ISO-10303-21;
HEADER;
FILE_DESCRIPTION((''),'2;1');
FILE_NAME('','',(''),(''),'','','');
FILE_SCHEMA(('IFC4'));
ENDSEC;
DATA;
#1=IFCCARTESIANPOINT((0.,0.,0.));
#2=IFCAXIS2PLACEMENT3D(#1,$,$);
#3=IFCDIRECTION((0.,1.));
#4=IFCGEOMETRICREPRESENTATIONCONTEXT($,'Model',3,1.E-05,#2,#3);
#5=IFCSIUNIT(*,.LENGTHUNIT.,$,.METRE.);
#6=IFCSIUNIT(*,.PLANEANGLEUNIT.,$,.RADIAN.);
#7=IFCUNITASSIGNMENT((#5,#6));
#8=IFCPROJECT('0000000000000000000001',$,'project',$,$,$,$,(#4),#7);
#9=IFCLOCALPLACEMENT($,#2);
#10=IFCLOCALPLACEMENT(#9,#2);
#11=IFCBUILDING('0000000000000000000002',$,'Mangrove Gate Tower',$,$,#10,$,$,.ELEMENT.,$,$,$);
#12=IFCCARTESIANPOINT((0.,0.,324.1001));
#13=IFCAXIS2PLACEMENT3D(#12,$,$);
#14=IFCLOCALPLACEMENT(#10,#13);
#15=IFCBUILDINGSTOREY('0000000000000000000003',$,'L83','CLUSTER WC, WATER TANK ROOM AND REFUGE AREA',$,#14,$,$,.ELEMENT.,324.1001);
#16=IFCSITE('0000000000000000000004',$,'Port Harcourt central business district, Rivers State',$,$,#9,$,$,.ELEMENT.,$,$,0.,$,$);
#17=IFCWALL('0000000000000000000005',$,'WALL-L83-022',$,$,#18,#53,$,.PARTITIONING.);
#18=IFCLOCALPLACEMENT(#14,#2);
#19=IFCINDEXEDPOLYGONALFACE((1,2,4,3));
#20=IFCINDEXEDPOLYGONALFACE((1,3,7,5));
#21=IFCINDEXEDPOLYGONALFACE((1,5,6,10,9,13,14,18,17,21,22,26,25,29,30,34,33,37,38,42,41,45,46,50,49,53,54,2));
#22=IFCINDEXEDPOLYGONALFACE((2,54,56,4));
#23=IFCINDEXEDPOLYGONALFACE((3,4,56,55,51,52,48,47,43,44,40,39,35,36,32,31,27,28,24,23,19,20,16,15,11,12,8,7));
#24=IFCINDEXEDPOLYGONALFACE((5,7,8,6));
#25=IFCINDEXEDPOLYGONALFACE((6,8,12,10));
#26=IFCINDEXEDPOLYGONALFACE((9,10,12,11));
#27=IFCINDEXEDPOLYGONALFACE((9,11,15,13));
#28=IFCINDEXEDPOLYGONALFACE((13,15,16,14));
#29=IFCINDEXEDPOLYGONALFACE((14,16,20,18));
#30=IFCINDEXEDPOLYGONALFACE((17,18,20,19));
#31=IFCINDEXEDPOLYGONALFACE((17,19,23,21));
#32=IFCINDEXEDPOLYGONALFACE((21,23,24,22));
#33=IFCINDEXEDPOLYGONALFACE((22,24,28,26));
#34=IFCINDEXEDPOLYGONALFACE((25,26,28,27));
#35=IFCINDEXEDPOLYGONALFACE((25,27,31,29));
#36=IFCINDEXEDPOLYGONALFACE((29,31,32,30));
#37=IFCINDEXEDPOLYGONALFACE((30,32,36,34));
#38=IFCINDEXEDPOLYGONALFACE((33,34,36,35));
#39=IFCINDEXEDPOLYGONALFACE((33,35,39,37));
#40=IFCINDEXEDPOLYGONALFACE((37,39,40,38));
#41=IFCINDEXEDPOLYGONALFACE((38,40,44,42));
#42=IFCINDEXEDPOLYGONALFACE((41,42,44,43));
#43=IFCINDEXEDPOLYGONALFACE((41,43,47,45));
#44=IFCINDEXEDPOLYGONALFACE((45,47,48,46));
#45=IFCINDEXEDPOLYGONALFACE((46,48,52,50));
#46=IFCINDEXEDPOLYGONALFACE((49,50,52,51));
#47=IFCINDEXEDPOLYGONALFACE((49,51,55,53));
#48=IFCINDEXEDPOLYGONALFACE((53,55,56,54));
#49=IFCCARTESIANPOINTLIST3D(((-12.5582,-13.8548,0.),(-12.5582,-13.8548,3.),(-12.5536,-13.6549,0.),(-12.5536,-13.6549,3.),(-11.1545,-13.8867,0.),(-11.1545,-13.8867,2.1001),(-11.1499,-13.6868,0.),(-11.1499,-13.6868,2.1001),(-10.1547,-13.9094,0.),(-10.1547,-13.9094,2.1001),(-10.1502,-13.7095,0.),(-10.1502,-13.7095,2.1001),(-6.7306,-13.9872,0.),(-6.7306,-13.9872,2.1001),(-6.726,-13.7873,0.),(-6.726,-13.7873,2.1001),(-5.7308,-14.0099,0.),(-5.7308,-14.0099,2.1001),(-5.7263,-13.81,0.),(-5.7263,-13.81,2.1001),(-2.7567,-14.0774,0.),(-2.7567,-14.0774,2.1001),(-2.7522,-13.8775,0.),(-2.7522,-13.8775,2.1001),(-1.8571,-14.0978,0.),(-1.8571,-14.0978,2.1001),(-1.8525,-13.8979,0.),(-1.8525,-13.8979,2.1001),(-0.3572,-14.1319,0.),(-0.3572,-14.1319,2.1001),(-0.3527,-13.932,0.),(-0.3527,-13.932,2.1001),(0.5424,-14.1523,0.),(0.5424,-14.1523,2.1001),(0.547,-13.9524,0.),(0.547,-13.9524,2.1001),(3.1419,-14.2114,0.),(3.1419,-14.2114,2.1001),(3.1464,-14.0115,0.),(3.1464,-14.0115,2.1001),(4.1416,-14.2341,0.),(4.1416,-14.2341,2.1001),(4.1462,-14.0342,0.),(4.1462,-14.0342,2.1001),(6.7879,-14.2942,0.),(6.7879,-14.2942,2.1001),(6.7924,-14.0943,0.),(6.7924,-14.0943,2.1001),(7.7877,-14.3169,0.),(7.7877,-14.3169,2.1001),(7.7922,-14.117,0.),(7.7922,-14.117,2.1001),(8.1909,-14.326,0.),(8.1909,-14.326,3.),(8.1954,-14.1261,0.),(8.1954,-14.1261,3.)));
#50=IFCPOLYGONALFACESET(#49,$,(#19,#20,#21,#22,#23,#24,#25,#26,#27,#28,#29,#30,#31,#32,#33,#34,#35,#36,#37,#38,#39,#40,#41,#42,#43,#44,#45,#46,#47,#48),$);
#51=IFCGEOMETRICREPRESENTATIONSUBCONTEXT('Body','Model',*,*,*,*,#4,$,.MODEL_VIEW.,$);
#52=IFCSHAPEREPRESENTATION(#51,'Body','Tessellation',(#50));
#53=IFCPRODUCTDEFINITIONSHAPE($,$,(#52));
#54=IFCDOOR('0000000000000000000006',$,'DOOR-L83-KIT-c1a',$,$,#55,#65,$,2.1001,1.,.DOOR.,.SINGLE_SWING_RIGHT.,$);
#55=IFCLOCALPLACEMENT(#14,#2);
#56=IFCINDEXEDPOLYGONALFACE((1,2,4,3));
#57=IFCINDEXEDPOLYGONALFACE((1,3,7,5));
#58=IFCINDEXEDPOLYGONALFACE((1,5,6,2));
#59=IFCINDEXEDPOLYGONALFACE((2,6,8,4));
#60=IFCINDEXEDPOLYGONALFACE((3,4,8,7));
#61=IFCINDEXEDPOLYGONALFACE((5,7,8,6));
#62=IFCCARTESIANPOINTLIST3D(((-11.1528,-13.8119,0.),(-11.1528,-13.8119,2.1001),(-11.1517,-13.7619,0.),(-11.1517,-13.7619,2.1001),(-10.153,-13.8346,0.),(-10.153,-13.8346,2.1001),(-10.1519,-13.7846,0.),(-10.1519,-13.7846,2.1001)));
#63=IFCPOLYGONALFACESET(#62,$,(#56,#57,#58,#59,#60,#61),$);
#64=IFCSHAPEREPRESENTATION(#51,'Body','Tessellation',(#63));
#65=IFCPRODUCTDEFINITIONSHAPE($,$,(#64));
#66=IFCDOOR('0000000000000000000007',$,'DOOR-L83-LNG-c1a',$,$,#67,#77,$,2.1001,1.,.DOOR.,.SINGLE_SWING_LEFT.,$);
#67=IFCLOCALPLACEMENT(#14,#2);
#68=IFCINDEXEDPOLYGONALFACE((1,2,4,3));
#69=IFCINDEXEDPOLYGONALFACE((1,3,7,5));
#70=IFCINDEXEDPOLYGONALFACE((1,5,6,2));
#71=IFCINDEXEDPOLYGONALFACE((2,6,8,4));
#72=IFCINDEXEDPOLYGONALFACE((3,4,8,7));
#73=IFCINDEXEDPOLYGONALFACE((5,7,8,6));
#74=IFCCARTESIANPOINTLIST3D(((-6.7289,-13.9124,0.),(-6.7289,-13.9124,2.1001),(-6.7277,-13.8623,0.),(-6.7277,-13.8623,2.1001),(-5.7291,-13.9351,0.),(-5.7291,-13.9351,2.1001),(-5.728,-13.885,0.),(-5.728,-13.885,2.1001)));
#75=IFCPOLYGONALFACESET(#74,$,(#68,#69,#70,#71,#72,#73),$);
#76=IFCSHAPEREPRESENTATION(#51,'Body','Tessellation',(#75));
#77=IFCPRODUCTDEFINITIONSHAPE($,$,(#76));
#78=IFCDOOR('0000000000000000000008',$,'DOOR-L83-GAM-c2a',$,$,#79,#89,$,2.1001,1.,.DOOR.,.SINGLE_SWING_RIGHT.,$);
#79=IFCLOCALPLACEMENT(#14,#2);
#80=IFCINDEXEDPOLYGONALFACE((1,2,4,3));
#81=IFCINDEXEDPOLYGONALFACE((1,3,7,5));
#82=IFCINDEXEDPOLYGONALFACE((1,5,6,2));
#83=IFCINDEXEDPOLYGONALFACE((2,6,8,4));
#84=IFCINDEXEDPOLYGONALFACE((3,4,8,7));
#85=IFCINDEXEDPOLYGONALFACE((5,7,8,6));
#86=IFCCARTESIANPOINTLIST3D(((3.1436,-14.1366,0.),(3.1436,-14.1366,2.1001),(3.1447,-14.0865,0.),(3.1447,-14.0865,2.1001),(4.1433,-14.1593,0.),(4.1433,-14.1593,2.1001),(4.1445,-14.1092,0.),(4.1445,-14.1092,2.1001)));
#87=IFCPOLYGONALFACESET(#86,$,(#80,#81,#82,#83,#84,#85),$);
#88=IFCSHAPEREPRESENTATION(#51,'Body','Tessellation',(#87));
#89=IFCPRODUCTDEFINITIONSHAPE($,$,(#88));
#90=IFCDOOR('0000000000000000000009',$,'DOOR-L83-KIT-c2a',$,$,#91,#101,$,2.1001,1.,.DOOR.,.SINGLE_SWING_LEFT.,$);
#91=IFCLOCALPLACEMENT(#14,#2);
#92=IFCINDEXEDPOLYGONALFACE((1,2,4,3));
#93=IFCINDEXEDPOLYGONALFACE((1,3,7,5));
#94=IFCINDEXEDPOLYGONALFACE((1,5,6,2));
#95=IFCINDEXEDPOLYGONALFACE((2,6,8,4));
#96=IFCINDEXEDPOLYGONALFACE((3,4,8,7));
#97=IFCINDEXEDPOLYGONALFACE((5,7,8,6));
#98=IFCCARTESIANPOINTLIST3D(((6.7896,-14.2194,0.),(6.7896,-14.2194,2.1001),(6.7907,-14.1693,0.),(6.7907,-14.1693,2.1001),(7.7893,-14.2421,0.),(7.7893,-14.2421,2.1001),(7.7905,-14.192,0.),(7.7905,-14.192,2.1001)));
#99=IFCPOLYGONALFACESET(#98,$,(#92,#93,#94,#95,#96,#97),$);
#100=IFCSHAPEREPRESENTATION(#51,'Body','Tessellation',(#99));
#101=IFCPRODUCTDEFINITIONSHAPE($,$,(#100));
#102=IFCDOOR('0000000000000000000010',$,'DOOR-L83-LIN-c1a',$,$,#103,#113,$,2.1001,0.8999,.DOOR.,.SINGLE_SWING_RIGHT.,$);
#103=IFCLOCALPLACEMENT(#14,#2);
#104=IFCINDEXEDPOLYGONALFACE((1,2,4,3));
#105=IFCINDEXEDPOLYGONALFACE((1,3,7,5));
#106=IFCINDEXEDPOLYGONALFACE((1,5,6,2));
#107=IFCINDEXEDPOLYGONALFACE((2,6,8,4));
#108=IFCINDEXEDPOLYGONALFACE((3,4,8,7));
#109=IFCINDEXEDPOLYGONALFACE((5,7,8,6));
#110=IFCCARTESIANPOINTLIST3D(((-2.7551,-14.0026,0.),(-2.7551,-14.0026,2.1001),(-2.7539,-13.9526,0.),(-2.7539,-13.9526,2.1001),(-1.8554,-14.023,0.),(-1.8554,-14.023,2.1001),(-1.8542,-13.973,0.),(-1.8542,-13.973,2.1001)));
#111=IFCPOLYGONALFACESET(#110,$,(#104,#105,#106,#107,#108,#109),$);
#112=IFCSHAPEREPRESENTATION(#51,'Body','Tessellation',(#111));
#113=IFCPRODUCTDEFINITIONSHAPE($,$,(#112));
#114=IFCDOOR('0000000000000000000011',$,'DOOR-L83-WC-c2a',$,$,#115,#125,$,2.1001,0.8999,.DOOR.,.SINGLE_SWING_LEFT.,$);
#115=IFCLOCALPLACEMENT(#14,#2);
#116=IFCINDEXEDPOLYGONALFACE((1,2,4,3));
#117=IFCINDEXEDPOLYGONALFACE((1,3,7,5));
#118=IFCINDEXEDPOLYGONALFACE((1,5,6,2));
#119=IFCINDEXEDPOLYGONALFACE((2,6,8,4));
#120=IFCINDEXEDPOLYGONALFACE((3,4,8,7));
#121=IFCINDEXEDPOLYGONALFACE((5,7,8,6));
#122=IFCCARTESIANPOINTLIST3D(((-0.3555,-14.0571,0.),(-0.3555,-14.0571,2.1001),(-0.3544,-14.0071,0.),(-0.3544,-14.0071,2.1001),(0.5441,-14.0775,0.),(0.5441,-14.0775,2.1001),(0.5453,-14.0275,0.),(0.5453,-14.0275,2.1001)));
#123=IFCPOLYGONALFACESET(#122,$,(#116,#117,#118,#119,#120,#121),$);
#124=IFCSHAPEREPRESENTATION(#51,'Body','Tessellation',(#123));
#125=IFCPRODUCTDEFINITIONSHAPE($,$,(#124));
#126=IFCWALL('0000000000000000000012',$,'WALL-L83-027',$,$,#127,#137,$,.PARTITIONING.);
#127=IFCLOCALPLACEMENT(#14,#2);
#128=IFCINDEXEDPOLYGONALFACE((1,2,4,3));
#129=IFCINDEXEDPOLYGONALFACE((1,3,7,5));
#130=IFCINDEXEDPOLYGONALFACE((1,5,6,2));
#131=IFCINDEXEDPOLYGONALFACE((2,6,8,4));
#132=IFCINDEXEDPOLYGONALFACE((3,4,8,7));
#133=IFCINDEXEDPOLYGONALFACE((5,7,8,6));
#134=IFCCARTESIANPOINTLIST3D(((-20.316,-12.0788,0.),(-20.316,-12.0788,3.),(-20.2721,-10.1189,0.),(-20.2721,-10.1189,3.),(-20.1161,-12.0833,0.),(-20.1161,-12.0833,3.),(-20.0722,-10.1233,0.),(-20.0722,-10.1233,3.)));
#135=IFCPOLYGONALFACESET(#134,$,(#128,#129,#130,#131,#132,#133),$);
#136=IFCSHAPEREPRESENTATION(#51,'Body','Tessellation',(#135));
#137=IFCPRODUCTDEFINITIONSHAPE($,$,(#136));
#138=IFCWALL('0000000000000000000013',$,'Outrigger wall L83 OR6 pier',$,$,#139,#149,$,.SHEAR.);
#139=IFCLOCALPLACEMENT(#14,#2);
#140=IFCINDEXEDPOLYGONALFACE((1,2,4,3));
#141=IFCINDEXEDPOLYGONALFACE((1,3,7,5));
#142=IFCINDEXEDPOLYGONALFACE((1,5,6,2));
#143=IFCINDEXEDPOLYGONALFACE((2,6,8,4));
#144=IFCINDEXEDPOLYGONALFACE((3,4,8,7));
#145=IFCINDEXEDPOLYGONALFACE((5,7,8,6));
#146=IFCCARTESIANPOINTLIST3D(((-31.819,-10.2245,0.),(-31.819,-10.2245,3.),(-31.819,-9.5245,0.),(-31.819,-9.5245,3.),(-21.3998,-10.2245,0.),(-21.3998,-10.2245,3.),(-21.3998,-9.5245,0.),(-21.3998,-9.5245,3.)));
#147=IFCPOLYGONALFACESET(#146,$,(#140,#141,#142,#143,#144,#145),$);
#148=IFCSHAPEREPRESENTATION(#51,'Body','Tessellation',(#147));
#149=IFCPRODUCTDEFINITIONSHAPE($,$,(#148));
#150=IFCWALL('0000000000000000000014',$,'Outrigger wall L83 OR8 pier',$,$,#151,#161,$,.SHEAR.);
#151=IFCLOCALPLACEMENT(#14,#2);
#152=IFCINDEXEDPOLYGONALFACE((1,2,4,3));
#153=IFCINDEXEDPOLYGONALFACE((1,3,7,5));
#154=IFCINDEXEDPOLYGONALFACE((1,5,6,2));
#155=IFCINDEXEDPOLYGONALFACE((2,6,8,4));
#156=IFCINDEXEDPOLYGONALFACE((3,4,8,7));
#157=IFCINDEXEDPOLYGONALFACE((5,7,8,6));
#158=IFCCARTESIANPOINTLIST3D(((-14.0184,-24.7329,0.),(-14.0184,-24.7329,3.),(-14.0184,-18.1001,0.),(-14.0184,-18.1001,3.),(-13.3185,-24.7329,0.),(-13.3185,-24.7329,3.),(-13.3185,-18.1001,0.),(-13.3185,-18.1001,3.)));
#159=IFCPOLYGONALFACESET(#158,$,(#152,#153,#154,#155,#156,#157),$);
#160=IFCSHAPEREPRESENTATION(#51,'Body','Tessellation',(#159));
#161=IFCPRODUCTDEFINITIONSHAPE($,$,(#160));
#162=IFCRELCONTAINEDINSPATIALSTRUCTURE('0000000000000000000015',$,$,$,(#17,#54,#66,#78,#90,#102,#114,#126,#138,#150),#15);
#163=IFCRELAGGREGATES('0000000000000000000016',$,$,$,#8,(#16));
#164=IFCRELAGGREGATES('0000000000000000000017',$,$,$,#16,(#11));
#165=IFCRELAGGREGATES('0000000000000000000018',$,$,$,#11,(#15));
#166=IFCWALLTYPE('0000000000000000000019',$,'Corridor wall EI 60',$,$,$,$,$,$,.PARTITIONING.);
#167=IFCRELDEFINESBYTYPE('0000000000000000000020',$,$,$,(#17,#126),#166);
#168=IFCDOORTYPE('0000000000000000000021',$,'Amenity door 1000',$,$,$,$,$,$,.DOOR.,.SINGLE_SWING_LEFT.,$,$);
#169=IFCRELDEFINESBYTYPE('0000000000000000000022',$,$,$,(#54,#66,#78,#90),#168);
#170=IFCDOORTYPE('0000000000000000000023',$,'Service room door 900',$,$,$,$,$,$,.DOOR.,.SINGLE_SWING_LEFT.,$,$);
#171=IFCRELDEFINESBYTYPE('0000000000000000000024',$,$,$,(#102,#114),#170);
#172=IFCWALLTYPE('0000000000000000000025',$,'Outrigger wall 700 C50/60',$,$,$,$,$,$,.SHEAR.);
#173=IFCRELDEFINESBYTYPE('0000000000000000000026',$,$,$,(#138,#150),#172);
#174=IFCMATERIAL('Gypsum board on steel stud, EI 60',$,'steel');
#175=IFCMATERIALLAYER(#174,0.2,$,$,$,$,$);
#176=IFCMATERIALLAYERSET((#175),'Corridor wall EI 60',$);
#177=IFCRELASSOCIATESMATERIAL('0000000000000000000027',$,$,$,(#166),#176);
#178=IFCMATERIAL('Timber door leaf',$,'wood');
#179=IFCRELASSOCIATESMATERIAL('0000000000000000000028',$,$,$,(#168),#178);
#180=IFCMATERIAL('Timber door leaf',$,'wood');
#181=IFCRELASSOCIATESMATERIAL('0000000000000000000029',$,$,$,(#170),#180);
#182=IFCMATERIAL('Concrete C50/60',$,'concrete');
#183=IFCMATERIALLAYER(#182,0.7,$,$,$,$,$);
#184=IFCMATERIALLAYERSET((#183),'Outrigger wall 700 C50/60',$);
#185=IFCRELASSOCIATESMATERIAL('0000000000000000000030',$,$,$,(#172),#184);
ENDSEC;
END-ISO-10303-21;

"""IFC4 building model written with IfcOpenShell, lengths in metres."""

from ifc_helpers import new_model, si_unit, direction, frame, frame_2d, origin, place, context, subcontext, project, spatial, rectangle, extrude, material, layer, layer_set, type_object, element, fill, save


model = new_model("IFC4")

# Units and contexts
model_context = context("Model", 3, precision=1e-05, world=origin(), true_north=direction((0.0, 1.0)))
body_context = subcontext(model_context, "Body", "Model", "MODEL_VIEW")
ifc_project = project(units=[si_unit("LENGTHUNIT", "METRE"), si_unit("PLANEANGLEUNIT", "RADIAN")], contexts=[model_context])

# Site, building, storey
site_placement = place(None, origin())
site = spatial("IfcSite", under=ifc_project, at=site_placement, Name="Port Harcourt central business district, Rivers State", CompositionType="ELEMENT", RefElevation=0.0)
building_placement = place(site_placement, origin())
building = spatial("IfcBuilding", under=site, at=building_placement, Name="Mangrove Gate Tower", CompositionType="ELEMENT")
storey_placement = place(building_placement, frame((0.0, 0.0, 324.1001)))
storey = spatial("IfcBuildingStorey", under=building, at=storey_placement, Name="L83", Description="CLUSTER WC, WATER TANK ROOM AND REFUGE AREA", CompositionType="ELEMENT", Elevation=324.1001)

# Wall, openings, doors
ifc_material_1 = material(Name="Gypsum board on steel stud, EI 60", Category="steel")
ifc_layer_1 = layer(ifc_material_1, 0.2)
ifc_layer_set_1 = layer_set([ifc_layer_1], Name="Corridor wall EI 60")
wall_type_1 = type_object("IfcWallType", Name="Corridor wall EI 60", PredefinedType="PARTITIONING", material=ifc_layer_set_1)
wall_1_placement = place(storey_placement, frame((-12.5559, -13.7549, 0.0), z_axis=(0.0, 0.0, 1.0), x_axis=(0.999742, -0.022703, 0.0)))
wall_1 = element("IfcWall", 1, at=wall_1_placement, inside=storey, type_object=wall_type_1, Name="WALL-L83-022", PredefinedType="PARTITIONING", context=body_context, shape_type="SweptSolid", body=[
    extrude(rectangle(XDim=20.7544, YDim=0.2, at=frame_2d((10.3772, 0.0))), origin(), (0.0, 0.0, 1.0), 3.0),
])
opening_1_placement = place(wall_1_placement, frame((1.4041, 0.0, 0.0)))
opening_1 = element("IfcOpeningElement", 2, at=opening_1_placement, cuts=wall_1, PredefinedType="OPENING", context=body_context, shape_type="SweptSolid", body=[
    extrude(rectangle(XDim=1.0, YDim=2.1001, at=frame_2d((0.5, 1.05))), frame((0.0, 0.1099, 0.0), z_axis=(0.0, -1.0, 0.0), x_axis=(1.0, 0.0, 0.0)), (0.0, 0.0, 1.0), 0.22),
])
opening_2_placement = place(wall_1_placement, frame((5.8291, 0.0, 0.0)))
opening_2 = element("IfcOpeningElement", 3, at=opening_2_placement, cuts=wall_1, PredefinedType="OPENING", context=body_context, shape_type="SweptSolid", body=[
    extrude(rectangle(XDim=1.0, YDim=2.1001, at=frame_2d((0.5, 1.05))), frame((0.0, 0.1099, 0.0), z_axis=(0.0, -1.0, 0.0), x_axis=(1.0, 0.0, 0.0)), (0.0, 0.0, 1.0), 0.22),
])
opening_3_placement = place(wall_1_placement, frame((9.804, 0.0, 0.0)))
opening_3 = element("IfcOpeningElement", 4, at=opening_3_placement, cuts=wall_1, PredefinedType="OPENING", context=body_context, shape_type="SweptSolid", body=[
    extrude(rectangle(XDim=0.8999, YDim=2.1001, at=frame_2d((0.45, 1.05))), frame((0.0, 0.1099, 0.0), z_axis=(0.0, -1.0, 0.0), x_axis=(1.0, 0.0, 0.0)), (0.0, 0.0, 1.0), 0.22),
])
opening_4_placement = place(wall_1_placement, frame((15.7041, 0.0, 0.0)))
opening_4 = element("IfcOpeningElement", 5, at=opening_4_placement, cuts=wall_1, PredefinedType="OPENING", context=body_context, shape_type="SweptSolid", body=[
    extrude(rectangle(XDim=1.0, YDim=2.1001, at=frame_2d((0.5, 1.05))), frame((0.0, 0.1099, 0.0), z_axis=(0.0, -1.0, 0.0), x_axis=(1.0, 0.0, 0.0)), (0.0, 0.0, 1.0), 0.22),
])
opening_5_placement = place(wall_1_placement, frame((12.2041, 0.0, 0.0)))
opening_5 = element("IfcOpeningElement", 6, at=opening_5_placement, cuts=wall_1, PredefinedType="OPENING", context=body_context, shape_type="SweptSolid", body=[
    extrude(rectangle(XDim=0.8999, YDim=2.1001, at=frame_2d((0.45, 1.05))), frame((0.0, 0.1099, 0.0), z_axis=(0.0, -1.0, 0.0), x_axis=(1.0, 0.0, 0.0)), (0.0, 0.0, 1.0), 0.22),
])
opening_6_placement = place(wall_1_placement, frame((19.3511, 0.0, 0.0)))
opening_6 = element("IfcOpeningElement", 7, at=opening_6_placement, cuts=wall_1, PredefinedType="OPENING", context=body_context, shape_type="SweptSolid", body=[
    extrude(rectangle(XDim=1.0, YDim=2.1001, at=frame_2d((0.5, 1.05))), frame((0.0, 0.1099, 0.0), z_axis=(0.0, -1.0, 0.0), x_axis=(1.0, 0.0, 0.0)), (0.0, 0.0, 1.0), 0.22),
])
ifc_material_2 = material(Name="Timber door leaf", Category="wood")
door_type_1 = type_object("IfcDoorType", Name="Amenity door 1000", OperationType="SINGLE_SWING_LEFT", PredefinedType="DOOR", material=ifc_material_2)
door_1_placement = place(opening_1_placement, origin())
door_1 = element("IfcDoor", 8, at=door_1_placement, inside=storey, type_object=door_type_1, Name="DOOR-L83-KIT-c1a", OperationType="SINGLE_SWING_RIGHT", OverallHeight=2.1001, OverallWidth=1.0, PredefinedType="DOOR", context=body_context, shape_type="SweptSolid", body=[
    extrude(rectangle(XDim=1.0, YDim=2.1001, at=frame_2d((0.5, 1.05))), frame((0.0, 0.0249, 0.0), z_axis=(0.0, -1.0, 0.0), x_axis=(1.0, 0.0, 0.0)), (0.0, 0.0, 1.0), 0.05),
])
fill(opening_1, door_1)
door_2_placement = place(opening_2_placement, origin())
door_2 = element("IfcDoor", 9, at=door_2_placement, inside=storey, type_object=door_type_1, Name="DOOR-L83-LNG-c1a", OperationType="SINGLE_SWING_LEFT", OverallHeight=2.1001, OverallWidth=1.0, PredefinedType="DOOR", context=body_context, shape_type="SweptSolid", body=[
    extrude(rectangle(XDim=1.0, YDim=2.1001, at=frame_2d((0.5, 1.05))), frame((0.0, 0.0249, 0.0), z_axis=(0.0, -1.0, 0.0), x_axis=(1.0, 0.0, 0.0)), (0.0, 0.0, 1.0), 0.05),
])
fill(opening_2, door_2)
door_3_placement = place(opening_4_placement, origin())
door_3 = element("IfcDoor", 10, at=door_3_placement, inside=storey, type_object=door_type_1, Name="DOOR-L83-GAM-c2a", OperationType="SINGLE_SWING_RIGHT", OverallHeight=2.1001, OverallWidth=1.0, PredefinedType="DOOR", context=body_context, shape_type="SweptSolid", body=[
    extrude(rectangle(XDim=1.0, YDim=2.1001, at=frame_2d((0.5, 1.05))), frame((0.0, 0.0249, 0.0), z_axis=(0.0, -1.0, 0.0), x_axis=(1.0, 0.0, 0.0)), (0.0, 0.0, 1.0), 0.05),
])
fill(opening_4, door_3)
door_4_placement = place(opening_6_placement, origin())
door_4 = element("IfcDoor", 11, at=door_4_placement, inside=storey, type_object=door_type_1, Name="DOOR-L83-KIT-c2a", OperationType="SINGLE_SWING_LEFT", OverallHeight=2.1001, OverallWidth=1.0, PredefinedType="DOOR", context=body_context, shape_type="SweptSolid", body=[
    extrude(rectangle(XDim=1.0, YDim=2.1001, at=frame_2d((0.5, 1.05))), frame((0.0, 0.0249, 0.0), z_axis=(0.0, -1.0, 0.0), x_axis=(1.0, 0.0, 0.0)), (0.0, 0.0, 1.0), 0.05),
])
fill(opening_6, door_4)
ifc_material_3 = material(Name="Timber door leaf", Category="wood")
door_type_2 = type_object("IfcDoorType", Name="Service room door 900", OperationType="SINGLE_SWING_LEFT", PredefinedType="DOOR", material=ifc_material_3)
door_5_placement = place(opening_3_placement, origin())
door_5 = element("IfcDoor", 12, at=door_5_placement, inside=storey, type_object=door_type_2, Name="DOOR-L83-LIN-c1a", OperationType="SINGLE_SWING_RIGHT", OverallHeight=2.1001, OverallWidth=0.8999, PredefinedType="DOOR", context=body_context, shape_type="SweptSolid", body=[
    extrude(rectangle(XDim=0.8999, YDim=2.1001, at=frame_2d((0.45, 1.05))), frame((0.0, 0.0249, 0.0), z_axis=(0.0, -1.0, 0.0), x_axis=(1.0, 0.0, 0.0)), (0.0, 0.0, 1.0), 0.05),
])
fill(opening_3, door_5)
door_6_placement = place(opening_5_placement, origin())
door_6 = element("IfcDoor", 13, at=door_6_placement, inside=storey, type_object=door_type_2, Name="DOOR-L83-WC-c2a", OperationType="SINGLE_SWING_LEFT", OverallHeight=2.1001, OverallWidth=0.8999, PredefinedType="DOOR", context=body_context, shape_type="SweptSolid", body=[
    extrude(rectangle(XDim=0.8999, YDim=2.1001, at=frame_2d((0.45, 1.05))), frame((0.0, 0.0249, 0.0), z_axis=(0.0, -1.0, 0.0), x_axis=(1.0, 0.0, 0.0)), (0.0, 0.0, 1.0), 0.05),
])
fill(opening_5, door_6)

# Walls
wall_2_placement = place(storey_placement, frame((-20.2161, -12.0811, 0.0), z_axis=(0.0, 0.0, 1.0), x_axis=(0.022416, 0.999749, 0.0)))
element("IfcWall", 14, at=wall_2_placement, inside=storey, type_object=wall_type_1, Name="WALL-L83-027", PredefinedType="PARTITIONING", context=body_context, shape_type="SweptSolid", body=[
    extrude(rectangle(XDim=1.9604, YDim=0.2, at=frame_2d((0.9802, 0.0))), origin(), (0.0, 0.0, 1.0), 3.0),
])
ifc_material_4 = material(Name="Concrete C50/60", Category="concrete")
ifc_layer_2 = layer(ifc_material_4, 0.7)
ifc_layer_set_2 = layer_set([ifc_layer_2], Name="Outrigger wall 700 C50/60")
wall_type_2 = type_object("IfcWallType", Name="Outrigger wall 700 C50/60", PredefinedType="SHEAR", material=ifc_layer_set_2)
wall_3_placement = place(storey_placement, frame((-21.3999, -9.8745, 0.0), z_axis=(0.0, 0.0, 1.0), x_axis=(-1.0, 0.0, 0.0)))
element("IfcWall", 15, at=wall_3_placement, inside=storey, type_object=wall_type_2, Name="Outrigger wall L83 OR6 pier", PredefinedType="SHEAR", context=body_context, shape_type="SweptSolid", body=[
    extrude(rectangle(XDim=10.4192, YDim=0.7, at=frame_2d((5.2095, 0.0))), origin(), (0.0, 0.0, 1.0), 3.0),
])
wall_4_placement = place(storey_placement, frame((-13.6685, -18.1001, 0.0), z_axis=(0.0, 0.0, 1.0), x_axis=(0.0, -1.0, 0.0)))
element("IfcWall", 16, at=wall_4_placement, inside=storey, type_object=wall_type_2, Name="Outrigger wall L83 OR8 pier", PredefinedType="SHEAR", context=body_context, shape_type="SweptSolid", body=[
    extrude(rectangle(XDim=6.6328, YDim=0.7, at=frame_2d((3.3164, 0.0))), origin(), (0.0, 0.0, 1.0), 3.0),
])

save(model, "model.ifc")
